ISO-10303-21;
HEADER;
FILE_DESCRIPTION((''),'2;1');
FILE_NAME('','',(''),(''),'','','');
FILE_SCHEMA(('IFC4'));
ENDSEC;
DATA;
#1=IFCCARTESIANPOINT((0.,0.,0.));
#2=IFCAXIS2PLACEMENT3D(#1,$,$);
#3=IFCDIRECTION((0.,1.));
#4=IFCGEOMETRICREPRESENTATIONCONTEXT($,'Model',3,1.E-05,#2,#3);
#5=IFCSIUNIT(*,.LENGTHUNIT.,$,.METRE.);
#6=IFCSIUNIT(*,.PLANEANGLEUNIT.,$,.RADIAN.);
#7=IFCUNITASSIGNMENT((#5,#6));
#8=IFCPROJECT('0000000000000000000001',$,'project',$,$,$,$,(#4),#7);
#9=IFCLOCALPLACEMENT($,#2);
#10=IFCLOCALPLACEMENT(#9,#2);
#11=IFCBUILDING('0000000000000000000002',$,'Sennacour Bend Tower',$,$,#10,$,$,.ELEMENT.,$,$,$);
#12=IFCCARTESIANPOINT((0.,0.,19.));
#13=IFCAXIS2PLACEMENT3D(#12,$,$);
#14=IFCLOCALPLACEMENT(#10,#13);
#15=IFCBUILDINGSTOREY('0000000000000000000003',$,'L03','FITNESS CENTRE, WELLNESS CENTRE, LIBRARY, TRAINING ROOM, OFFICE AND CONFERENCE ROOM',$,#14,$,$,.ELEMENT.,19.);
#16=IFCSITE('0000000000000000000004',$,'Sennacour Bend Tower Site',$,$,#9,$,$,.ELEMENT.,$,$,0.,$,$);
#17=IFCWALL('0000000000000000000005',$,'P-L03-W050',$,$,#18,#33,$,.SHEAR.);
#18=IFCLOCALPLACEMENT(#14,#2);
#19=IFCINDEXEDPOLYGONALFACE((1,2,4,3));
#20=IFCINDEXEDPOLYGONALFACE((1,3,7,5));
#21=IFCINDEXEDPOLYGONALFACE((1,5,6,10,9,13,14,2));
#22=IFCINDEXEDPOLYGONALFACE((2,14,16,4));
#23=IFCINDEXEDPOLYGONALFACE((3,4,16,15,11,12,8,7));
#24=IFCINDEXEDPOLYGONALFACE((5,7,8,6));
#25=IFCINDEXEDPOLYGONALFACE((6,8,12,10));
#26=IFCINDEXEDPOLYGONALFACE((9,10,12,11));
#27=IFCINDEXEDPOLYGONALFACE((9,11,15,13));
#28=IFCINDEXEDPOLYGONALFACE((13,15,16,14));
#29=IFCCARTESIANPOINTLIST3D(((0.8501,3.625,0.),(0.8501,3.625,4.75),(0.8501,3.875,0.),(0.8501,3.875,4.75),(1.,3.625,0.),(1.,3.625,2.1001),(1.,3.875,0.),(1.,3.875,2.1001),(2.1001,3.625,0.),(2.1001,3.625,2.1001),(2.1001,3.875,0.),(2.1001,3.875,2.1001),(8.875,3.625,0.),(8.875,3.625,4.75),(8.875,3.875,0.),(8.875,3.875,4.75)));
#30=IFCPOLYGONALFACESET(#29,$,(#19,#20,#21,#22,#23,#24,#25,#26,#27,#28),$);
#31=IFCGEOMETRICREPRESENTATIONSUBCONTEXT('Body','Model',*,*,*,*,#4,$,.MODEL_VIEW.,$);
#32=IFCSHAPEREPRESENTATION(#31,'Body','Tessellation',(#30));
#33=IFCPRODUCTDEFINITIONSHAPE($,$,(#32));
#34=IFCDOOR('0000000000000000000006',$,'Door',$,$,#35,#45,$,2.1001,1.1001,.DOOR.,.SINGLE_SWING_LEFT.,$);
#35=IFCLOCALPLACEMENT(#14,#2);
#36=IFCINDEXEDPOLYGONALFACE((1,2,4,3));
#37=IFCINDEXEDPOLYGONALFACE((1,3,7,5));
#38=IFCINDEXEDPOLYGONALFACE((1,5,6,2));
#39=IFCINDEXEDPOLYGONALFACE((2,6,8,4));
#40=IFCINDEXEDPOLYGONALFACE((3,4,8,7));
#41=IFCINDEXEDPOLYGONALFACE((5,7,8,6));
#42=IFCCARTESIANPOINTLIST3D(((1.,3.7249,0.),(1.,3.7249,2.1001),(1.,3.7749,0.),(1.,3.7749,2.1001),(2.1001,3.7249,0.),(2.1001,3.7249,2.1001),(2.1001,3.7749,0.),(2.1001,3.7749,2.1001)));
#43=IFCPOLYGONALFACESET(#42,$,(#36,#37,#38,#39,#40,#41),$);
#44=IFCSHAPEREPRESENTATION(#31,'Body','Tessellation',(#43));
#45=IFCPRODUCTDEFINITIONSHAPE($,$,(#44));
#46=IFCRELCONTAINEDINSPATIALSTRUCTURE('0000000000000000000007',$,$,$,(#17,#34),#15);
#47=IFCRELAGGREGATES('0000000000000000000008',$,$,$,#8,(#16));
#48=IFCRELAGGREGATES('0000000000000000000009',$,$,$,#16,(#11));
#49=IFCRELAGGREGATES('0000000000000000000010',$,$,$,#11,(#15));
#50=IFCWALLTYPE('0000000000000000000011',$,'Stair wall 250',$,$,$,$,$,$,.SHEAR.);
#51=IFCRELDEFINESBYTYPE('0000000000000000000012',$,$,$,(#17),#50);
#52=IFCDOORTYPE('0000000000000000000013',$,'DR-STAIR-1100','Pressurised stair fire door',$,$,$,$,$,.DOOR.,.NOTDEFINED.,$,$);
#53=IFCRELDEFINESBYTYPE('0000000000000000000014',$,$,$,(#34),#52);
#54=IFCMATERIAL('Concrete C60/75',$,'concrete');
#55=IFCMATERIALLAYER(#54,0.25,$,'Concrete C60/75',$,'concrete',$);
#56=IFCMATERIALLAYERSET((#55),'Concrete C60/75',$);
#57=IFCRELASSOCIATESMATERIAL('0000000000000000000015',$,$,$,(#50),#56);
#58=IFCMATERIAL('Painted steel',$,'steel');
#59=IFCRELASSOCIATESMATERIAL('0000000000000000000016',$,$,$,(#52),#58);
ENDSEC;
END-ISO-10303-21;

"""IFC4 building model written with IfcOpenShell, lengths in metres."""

from ifc_helpers import new_model, si_unit, direction, frame, frame_2d, origin, place, context, subcontext, project, spatial, rectangle, extrude, material, layer, layer_set, type_object, element, fill, save


model = new_model("IFC4")

# Units and contexts
model_context = context("Model", 3, precision=1e-05, world=origin(), true_north=direction((0.0, 1.0)))
body_context = subcontext(model_context, "Body", "Model", "MODEL_VIEW")
ifc_project = project(units=[si_unit("LENGTHUNIT", "METRE"), si_unit("PLANEANGLEUNIT", "RADIAN")], contexts=[model_context])

# Site, building, storey
site_placement = place(None, origin())
site = spatial("IfcSite", under=ifc_project, at=site_placement, Name="Sennacour Bend Tower Site", CompositionType="ELEMENT", RefElevation=0.0)
building_placement = place(site_placement, origin())
building = spatial("IfcBuilding", under=site, at=building_placement, Name="Sennacour Bend Tower", CompositionType="ELEMENT")
storey_placement = place(building_placement, frame((0.0, 0.0, 19.0)))
storey = spatial("IfcBuildingStorey", under=building, at=storey_placement, Name="L03", Description="FITNESS CENTRE, WELLNESS CENTRE, LIBRARY, TRAINING ROOM, OFFICE AND CONFERENCE ROOM", CompositionType="ELEMENT", Elevation=19.0)

# Wall, opening, door
ifc_material_1 = material(Name="Painted steel", Category="steel")
ifc_material_2 = material(Name="Concrete C60/75", Category="concrete")
ifc_layer_1 = layer(ifc_material_2, 0.25, Name="Concrete C60/75", Category="concrete")
ifc_layer_set_1 = layer_set([ifc_layer_1], Name="Concrete C60/75")
wall_type_1 = type_object("IfcWallType", Name="Stair wall 250", PredefinedType="SHEAR", material=ifc_layer_set_1)
wall_1_placement = place(storey_placement, frame((0.8501, 3.75, 0.0), z_axis=(0.0, 0.0, 1.0), x_axis=(1.0, 0.0, 0.0)))
wall_1 = element("IfcWall", 1, at=wall_1_placement, inside=storey, type_object=wall_type_1, Name="P-L03-W050", PredefinedType="SHEAR", context=body_context, shape_type="SweptSolid", body=[
    extrude(rectangle(XDim=8.0249, YDim=0.25, at=frame_2d((4.0125, 0.0))), origin(), (0.0, 0.0, 1.0), 4.75),
])
opening_1_placement = place(wall_1_placement, frame((0.1499, 0.0, 0.0)))
opening_1 = element("IfcOpeningElement", 2, at=opening_1_placement, cuts=wall_1, PredefinedType="OPENING", context=body_context, shape_type="SweptSolid", body=[
    extrude(rectangle(XDim=1.1001, YDim=2.1001, at=frame_2d((0.55, 1.05))), frame((0.0, 0.135, 0.0), z_axis=(0.0, -1.0, 0.0), x_axis=(1.0, 0.0, 0.0)), (0.0, 0.0, 1.0), 0.27),
])
door_type_1 = type_object("IfcDoorType", Name="DR-STAIR-1100", Description="Pressurised stair fire door", OperationType="NOTDEFINED", PredefinedType="DOOR", material=ifc_material_1)
door_1_placement = place(opening_1_placement, origin())
door_1 = element("IfcDoor", 3, at=door_1_placement, inside=storey, type_object=door_type_1, Name="Door", OperationType="SINGLE_SWING_LEFT", OverallHeight=2.1001, OverallWidth=1.1001, PredefinedType="DOOR", context=body_context, shape_type="SweptSolid", body=[
    extrude(rectangle(XDim=1.1001, YDim=2.1001, at=frame_2d((0.55, 1.05))), frame((0.0, 0.0249, 0.0), z_axis=(0.0, -1.0, 0.0), x_axis=(1.0, 0.0, 0.0)), (0.0, 0.0, 1.0), 0.05),
])
fill(opening_1, door_1)

save(model, "model.ifc")
